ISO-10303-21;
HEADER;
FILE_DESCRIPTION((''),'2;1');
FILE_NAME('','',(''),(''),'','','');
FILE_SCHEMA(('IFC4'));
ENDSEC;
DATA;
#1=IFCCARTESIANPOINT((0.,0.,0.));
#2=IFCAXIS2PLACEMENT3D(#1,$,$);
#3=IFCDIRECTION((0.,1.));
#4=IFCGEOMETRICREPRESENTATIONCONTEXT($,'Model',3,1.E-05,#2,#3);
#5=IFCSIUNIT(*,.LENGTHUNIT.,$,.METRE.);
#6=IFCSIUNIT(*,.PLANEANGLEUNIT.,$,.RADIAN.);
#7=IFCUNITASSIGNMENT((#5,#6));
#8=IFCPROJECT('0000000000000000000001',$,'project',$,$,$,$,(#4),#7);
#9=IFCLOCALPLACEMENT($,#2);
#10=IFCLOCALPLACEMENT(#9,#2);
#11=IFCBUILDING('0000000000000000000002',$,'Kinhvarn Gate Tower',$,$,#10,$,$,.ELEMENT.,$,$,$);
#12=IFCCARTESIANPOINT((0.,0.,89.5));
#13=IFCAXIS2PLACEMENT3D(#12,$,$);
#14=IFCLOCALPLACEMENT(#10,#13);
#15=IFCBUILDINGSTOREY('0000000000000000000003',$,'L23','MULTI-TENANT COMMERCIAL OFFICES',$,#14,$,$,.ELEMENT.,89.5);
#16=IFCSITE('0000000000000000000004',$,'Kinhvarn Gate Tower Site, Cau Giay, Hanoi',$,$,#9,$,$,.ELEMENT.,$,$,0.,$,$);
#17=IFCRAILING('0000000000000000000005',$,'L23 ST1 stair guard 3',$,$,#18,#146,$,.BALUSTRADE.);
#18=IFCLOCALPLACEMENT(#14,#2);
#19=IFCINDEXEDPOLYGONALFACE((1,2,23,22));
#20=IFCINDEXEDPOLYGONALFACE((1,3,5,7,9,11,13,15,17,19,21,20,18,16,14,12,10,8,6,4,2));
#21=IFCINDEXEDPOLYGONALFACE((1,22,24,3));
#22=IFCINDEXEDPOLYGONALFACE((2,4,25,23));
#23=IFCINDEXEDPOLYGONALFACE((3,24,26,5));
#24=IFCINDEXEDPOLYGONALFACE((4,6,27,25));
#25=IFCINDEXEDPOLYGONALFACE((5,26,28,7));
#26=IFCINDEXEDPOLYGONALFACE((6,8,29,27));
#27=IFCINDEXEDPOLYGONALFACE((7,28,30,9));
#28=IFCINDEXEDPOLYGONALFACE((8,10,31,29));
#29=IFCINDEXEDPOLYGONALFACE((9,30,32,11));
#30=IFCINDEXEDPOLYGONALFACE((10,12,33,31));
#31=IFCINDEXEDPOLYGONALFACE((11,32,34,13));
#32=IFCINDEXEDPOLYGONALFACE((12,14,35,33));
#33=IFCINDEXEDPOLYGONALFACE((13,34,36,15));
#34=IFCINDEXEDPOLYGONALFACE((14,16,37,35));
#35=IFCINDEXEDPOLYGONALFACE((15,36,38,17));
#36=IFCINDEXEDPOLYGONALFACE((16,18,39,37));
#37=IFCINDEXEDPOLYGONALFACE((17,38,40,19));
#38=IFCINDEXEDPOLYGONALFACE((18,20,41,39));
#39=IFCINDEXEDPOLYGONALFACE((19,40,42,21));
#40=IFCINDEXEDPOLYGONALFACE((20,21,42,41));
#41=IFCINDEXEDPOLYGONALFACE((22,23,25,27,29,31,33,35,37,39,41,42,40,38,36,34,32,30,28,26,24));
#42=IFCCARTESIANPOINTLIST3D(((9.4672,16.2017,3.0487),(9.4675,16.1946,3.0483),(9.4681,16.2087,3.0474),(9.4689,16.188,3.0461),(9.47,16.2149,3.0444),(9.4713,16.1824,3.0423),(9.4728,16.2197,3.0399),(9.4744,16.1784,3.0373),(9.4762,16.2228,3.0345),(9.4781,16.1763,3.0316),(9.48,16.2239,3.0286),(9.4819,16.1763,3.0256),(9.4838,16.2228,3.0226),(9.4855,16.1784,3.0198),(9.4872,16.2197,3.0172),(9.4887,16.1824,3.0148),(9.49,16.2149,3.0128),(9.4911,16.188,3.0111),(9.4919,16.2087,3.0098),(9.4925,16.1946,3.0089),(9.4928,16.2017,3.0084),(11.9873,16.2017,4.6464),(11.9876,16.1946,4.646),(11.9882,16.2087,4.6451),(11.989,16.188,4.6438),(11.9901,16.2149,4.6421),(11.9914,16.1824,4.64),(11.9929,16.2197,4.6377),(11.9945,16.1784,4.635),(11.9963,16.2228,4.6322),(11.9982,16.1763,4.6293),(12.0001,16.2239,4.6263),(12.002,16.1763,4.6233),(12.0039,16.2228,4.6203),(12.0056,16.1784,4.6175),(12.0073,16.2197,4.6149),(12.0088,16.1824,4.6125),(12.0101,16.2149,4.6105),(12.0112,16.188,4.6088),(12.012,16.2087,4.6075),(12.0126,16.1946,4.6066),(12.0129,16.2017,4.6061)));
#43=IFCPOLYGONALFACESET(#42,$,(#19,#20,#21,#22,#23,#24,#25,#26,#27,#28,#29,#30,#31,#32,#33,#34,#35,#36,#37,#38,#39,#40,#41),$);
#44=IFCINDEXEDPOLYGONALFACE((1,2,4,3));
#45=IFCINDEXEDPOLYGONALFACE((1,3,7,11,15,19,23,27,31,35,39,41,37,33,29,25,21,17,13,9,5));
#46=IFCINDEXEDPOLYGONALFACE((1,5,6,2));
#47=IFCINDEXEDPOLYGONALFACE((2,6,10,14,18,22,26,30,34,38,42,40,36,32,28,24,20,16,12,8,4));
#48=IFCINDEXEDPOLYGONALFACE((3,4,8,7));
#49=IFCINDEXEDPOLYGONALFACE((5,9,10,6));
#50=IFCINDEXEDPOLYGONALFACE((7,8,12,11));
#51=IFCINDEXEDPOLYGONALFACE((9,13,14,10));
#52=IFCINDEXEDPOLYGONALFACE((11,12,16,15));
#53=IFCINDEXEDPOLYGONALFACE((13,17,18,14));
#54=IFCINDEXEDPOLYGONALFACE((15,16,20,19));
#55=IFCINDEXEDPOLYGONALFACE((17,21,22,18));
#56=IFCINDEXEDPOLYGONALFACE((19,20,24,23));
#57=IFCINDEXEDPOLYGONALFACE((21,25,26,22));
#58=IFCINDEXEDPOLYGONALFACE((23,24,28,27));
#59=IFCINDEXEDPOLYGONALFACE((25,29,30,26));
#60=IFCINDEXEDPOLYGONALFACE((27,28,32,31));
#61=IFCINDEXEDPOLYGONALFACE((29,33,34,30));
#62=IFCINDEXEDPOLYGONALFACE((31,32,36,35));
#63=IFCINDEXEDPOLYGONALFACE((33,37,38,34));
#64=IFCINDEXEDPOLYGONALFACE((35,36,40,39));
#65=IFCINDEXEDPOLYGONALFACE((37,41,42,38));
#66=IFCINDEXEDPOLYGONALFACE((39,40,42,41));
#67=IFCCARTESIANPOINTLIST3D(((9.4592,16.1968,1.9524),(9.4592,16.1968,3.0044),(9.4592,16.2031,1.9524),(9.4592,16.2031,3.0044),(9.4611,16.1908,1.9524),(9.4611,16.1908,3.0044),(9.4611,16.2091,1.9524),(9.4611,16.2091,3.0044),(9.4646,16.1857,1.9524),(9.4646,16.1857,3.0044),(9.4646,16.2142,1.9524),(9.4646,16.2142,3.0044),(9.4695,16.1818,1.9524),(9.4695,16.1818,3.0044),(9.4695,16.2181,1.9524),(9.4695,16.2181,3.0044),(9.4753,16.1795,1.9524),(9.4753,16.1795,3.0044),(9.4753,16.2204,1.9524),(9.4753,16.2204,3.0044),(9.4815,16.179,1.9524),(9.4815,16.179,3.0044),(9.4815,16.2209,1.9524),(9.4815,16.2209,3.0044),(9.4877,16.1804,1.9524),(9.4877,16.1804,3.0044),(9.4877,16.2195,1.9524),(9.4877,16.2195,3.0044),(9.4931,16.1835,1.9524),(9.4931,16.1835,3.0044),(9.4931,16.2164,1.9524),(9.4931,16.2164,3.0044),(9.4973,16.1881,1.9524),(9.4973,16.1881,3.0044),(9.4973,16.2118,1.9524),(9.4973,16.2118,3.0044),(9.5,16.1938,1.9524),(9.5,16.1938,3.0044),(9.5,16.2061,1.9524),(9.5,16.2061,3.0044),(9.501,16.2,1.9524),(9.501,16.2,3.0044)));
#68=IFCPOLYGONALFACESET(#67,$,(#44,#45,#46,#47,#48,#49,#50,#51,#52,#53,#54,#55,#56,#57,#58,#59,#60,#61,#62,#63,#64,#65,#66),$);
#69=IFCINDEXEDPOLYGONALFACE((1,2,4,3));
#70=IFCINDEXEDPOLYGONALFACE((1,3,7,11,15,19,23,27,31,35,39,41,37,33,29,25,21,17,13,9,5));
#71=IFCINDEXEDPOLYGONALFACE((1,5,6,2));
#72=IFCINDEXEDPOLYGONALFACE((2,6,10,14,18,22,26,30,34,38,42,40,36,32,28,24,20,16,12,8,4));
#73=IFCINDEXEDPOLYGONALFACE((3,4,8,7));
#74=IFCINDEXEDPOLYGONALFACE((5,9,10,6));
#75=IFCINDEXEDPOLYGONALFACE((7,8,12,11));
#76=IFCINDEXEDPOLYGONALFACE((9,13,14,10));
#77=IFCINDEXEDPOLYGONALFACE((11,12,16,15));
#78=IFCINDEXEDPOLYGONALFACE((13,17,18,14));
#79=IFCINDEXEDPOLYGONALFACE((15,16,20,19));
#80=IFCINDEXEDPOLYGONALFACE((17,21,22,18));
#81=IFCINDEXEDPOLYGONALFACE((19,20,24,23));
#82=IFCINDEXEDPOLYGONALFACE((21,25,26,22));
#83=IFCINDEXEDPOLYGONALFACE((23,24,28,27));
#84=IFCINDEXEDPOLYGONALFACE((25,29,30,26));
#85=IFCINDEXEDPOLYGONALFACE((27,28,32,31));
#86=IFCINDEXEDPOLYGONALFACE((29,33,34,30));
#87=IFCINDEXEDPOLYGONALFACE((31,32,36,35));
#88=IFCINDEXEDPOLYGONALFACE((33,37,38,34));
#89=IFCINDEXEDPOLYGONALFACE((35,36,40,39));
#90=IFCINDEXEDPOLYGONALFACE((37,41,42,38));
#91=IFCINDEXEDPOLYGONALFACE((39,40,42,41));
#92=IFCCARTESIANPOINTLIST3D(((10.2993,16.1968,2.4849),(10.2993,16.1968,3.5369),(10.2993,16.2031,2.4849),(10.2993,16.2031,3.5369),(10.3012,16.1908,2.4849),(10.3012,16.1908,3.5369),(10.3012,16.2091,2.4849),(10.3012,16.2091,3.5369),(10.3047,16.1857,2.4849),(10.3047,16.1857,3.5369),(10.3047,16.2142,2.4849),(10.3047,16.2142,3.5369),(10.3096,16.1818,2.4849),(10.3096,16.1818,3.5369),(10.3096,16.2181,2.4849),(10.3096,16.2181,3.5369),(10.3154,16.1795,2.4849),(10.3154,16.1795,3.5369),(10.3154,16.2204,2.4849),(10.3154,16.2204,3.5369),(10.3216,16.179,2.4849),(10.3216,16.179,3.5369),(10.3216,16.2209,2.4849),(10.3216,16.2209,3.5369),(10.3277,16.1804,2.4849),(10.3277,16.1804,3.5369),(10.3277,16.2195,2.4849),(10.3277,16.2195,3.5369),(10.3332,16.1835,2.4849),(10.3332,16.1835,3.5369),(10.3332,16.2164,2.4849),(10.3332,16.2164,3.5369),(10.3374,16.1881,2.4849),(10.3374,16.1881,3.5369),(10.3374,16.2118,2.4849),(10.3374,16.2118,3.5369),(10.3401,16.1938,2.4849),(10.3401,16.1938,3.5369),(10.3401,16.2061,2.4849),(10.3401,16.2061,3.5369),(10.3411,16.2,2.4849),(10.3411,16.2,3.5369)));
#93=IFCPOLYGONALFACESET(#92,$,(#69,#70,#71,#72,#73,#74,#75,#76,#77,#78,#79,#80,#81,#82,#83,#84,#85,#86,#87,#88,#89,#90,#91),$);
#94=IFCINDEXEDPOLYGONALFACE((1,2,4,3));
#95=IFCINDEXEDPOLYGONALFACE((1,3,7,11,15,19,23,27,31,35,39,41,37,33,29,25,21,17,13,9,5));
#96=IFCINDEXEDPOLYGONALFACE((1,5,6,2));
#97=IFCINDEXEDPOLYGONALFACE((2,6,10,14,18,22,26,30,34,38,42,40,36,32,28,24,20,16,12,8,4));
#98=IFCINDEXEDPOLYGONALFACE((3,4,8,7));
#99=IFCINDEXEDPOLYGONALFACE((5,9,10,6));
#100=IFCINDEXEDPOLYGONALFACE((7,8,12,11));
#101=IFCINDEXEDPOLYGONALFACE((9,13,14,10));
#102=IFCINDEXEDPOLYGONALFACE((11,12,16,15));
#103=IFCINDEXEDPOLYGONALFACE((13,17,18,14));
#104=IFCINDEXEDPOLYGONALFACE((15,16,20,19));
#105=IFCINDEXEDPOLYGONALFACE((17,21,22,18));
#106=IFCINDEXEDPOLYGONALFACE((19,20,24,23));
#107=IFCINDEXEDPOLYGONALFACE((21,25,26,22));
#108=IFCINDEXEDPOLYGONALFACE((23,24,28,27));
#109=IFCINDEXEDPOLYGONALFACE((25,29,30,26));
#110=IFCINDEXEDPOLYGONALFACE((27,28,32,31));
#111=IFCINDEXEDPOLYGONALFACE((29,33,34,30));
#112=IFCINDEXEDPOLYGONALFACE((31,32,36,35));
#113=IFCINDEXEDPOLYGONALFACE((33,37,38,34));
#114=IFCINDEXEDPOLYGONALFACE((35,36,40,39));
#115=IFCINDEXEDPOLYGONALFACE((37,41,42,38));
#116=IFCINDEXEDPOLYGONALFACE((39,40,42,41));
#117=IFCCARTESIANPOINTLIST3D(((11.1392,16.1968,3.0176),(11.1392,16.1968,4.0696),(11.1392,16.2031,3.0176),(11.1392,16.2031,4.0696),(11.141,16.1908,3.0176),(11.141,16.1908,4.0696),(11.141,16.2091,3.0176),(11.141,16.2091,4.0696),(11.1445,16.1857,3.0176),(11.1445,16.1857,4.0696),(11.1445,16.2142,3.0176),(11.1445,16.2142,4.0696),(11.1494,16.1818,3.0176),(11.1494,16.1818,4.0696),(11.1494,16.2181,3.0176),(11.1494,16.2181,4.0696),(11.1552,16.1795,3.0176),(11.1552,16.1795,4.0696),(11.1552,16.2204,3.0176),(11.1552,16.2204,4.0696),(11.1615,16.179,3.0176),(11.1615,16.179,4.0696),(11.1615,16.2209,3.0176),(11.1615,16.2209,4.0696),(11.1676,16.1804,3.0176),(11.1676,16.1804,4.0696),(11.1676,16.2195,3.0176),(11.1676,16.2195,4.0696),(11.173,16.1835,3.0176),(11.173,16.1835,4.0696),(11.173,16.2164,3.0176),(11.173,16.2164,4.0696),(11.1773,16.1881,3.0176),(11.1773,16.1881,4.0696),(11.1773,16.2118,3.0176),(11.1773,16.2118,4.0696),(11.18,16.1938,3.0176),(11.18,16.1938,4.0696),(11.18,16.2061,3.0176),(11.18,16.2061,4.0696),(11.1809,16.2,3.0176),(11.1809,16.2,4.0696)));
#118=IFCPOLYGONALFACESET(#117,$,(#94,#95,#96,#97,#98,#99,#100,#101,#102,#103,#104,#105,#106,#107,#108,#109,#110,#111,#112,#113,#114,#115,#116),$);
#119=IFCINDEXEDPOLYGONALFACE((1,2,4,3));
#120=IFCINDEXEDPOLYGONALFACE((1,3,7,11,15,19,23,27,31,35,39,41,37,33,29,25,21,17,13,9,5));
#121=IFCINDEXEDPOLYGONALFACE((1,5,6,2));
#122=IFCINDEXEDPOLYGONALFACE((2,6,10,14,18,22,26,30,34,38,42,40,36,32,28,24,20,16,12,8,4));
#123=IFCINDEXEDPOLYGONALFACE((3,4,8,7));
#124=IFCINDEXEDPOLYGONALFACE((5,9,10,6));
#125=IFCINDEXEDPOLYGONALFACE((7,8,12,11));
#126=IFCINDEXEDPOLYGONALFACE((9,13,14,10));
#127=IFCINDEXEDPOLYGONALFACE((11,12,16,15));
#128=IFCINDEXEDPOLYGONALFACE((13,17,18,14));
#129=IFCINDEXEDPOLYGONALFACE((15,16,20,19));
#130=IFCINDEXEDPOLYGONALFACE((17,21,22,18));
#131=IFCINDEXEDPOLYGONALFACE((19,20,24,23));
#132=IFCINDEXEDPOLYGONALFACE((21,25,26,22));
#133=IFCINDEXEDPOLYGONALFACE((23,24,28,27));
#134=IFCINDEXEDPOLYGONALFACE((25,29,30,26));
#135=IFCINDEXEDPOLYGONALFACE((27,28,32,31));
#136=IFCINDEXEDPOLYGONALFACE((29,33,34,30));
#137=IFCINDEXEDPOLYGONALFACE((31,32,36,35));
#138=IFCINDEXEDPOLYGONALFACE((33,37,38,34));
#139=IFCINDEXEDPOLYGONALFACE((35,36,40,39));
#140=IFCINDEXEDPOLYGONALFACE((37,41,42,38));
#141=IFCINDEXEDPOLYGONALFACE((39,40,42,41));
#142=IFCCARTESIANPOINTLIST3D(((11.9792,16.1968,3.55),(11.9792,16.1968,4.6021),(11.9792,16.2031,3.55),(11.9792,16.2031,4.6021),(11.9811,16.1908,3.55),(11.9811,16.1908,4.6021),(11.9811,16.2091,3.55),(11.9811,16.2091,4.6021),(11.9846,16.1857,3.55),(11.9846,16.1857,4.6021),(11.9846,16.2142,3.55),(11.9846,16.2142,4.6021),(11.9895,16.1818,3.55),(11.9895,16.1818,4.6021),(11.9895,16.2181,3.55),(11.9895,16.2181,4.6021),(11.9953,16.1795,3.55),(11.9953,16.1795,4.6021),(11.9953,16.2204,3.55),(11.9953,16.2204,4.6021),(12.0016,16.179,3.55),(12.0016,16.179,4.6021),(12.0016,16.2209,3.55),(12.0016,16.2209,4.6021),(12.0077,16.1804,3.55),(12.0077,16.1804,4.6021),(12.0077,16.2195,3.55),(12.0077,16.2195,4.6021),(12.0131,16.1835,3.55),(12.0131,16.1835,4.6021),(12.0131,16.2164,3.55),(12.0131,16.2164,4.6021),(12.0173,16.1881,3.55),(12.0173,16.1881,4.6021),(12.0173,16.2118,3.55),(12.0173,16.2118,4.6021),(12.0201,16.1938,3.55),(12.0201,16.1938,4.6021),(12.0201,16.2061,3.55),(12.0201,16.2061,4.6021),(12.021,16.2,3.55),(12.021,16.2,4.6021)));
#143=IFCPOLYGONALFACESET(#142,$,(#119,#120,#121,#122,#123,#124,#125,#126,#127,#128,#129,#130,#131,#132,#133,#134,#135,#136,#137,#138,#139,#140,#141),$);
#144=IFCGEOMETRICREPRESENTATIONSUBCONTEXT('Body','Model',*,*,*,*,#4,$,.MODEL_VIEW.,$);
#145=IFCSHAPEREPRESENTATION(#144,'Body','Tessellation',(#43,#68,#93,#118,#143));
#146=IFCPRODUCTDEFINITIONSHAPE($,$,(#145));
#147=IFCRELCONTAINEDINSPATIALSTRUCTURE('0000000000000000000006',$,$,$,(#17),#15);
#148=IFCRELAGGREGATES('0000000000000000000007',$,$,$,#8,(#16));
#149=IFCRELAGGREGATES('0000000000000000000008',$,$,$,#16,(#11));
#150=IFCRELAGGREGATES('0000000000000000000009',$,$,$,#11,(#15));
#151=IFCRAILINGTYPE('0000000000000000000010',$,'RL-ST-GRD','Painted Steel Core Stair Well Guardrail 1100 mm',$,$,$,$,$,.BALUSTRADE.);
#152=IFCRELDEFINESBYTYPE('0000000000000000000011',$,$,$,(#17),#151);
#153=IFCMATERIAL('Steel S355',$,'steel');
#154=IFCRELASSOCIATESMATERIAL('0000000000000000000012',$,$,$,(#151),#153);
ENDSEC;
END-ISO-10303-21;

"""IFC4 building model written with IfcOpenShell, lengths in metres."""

from ifc_helpers import new_model, si_unit, direction, frame, origin, origin_2d, place, context, subcontext, project, spatial, circle, extrude, material, type_object, element, save


model = new_model("IFC4")

# Units and contexts
model_context = context("Model", 3, precision=1e-05, world=origin(), true_north=direction((0.0, 1.0)))
body_context = subcontext(model_context, "Body", "Model", "MODEL_VIEW")
ifc_project = project(units=[si_unit("LENGTHUNIT", "METRE"), si_unit("PLANEANGLEUNIT", "RADIAN")], contexts=[model_context])

# Site, building, storey
site_placement = place(None, origin())
site = spatial("IfcSite", under=ifc_project, at=site_placement, Name="Kinhvarn Gate Tower Site, Cau Giay, Hanoi", CompositionType="ELEMENT", RefElevation=0.0)
building_placement = place(site_placement, origin())
building = spatial("IfcBuilding", under=site, at=building_placement, Name="Kinhvarn Gate Tower", CompositionType="ELEMENT")
storey_placement = place(building_placement, frame((0.0, 0.0, 89.5)))
storey = spatial("IfcBuildingStorey", under=building, at=storey_placement, Name="L23", Description="MULTI-TENANT COMMERCIAL OFFICES", CompositionType="ELEMENT", Elevation=89.5)

# Shared definitions
ifc_material_1 = material(Name="Steel S355", Category="steel")

# Railing
railing_type_1 = type_object("IfcRailingType", Name="RL-ST-GRD", Description="Painted Steel Core Stair Well Guardrail 1100 mm", PredefinedType="BALUSTRADE", material=ifc_material_1)
railing_1_placement = place(storey_placement, frame((9.48, 16.2, 1.9524)))
element("IfcRailing", 1, at=railing_1_placement, inside=storey, type_object=railing_type_1, Name="L23 ST1 stair guard 3", PredefinedType="BALUSTRADE", context=body_context, shape_type="SweptSolid", body=[
    extrude(circle(Radius=0.0239, at=origin_2d()), frame((0.0, 0.0, 1.0762), z_axis=(0.84457, 0.0, 0.535445), x_axis=(0.0, 1.0, 0.0)), (0.0, 0.0, 1.0), 2.9839),
    extrude(circle(Radius=0.021, at=origin_2d()), origin(), (0.0, 0.0, 1.0), 1.052),
    extrude(circle(Radius=0.021, at=origin_2d()), frame((0.8401, 0.0, 0.5325)), (0.0, 0.0, 1.0), 1.052),
    extrude(circle(Radius=0.021, at=origin_2d()), frame((1.6799, 0.0, 1.0652)), (0.0, 0.0, 1.0), 1.052),
    extrude(circle(Radius=0.021, at=origin_2d()), frame((2.52, 0.0, 1.5977)), (0.0, 0.0, 1.0), 1.052),
])

save(model, "model.ifc")
